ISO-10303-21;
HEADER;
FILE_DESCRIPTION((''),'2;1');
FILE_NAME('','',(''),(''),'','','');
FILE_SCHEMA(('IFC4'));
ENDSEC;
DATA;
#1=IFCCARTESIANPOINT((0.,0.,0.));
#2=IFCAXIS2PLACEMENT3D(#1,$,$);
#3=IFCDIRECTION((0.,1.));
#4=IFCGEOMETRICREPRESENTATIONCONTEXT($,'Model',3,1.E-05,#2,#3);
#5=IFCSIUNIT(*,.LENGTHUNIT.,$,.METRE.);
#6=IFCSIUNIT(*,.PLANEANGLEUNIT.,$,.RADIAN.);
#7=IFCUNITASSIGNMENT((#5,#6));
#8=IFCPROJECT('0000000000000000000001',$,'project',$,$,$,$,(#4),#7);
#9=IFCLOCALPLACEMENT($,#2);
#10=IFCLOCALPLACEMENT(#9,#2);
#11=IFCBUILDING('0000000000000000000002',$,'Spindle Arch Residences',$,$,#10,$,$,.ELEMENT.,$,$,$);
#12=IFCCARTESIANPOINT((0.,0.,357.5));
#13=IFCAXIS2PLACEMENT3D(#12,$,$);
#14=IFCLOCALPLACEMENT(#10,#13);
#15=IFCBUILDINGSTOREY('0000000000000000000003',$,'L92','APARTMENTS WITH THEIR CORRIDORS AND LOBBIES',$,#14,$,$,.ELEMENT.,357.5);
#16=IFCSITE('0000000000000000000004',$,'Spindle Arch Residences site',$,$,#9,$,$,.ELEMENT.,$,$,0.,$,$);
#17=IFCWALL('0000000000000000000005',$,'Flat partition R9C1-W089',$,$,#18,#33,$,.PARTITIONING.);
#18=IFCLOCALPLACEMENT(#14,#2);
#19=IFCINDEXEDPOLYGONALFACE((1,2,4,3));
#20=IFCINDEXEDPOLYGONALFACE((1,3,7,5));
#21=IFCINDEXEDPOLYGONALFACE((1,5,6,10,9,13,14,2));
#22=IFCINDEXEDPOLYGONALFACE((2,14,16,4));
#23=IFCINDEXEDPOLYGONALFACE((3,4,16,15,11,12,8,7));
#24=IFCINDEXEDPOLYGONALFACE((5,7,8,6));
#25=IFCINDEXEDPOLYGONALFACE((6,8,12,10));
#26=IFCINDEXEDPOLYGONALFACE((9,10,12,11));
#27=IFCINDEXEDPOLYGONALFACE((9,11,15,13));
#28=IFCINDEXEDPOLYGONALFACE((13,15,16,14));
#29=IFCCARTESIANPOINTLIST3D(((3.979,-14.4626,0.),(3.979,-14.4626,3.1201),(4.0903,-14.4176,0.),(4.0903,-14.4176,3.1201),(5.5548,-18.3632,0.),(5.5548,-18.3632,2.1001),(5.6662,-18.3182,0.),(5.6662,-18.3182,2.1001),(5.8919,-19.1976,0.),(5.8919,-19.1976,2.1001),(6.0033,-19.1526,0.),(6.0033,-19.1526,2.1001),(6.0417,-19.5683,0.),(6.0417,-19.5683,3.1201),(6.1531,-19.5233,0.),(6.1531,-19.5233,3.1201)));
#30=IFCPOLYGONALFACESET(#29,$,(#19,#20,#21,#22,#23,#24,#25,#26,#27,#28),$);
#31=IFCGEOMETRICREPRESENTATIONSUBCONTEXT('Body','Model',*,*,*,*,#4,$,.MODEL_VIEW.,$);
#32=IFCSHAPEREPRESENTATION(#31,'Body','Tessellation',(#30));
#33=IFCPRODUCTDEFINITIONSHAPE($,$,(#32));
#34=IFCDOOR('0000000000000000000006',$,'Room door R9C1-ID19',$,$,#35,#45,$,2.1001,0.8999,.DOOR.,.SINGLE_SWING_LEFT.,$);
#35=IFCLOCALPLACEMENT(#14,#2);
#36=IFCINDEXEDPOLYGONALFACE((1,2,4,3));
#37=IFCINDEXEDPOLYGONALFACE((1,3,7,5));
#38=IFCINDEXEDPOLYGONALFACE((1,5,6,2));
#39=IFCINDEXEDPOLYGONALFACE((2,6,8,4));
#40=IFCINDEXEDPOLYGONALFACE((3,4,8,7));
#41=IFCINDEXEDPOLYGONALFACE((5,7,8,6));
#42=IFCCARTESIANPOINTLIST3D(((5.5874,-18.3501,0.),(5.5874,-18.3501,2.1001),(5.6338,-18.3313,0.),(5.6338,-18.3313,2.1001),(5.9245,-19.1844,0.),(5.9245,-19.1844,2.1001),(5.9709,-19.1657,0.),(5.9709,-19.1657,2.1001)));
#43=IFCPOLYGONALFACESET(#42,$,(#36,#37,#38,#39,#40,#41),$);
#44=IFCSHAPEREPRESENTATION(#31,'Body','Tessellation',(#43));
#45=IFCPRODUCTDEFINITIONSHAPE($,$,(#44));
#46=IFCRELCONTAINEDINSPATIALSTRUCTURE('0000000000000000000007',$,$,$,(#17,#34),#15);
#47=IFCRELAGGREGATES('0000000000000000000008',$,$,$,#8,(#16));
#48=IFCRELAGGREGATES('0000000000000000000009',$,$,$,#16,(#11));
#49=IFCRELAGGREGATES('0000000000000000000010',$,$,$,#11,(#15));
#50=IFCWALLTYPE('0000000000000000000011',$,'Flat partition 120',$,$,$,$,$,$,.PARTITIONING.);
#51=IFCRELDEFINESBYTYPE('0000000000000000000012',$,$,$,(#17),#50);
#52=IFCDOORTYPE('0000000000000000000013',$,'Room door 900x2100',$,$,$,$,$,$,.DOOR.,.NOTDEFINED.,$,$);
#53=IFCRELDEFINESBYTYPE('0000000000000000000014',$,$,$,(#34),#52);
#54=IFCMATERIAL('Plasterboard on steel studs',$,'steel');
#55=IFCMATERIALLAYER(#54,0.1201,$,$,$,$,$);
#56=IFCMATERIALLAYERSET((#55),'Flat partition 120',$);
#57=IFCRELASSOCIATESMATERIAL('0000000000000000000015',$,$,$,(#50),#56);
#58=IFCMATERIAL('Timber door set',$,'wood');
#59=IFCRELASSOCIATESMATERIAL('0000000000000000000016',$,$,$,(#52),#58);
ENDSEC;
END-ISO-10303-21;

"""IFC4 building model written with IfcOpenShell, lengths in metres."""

from ifc_helpers import new_model, si_unit, direction, frame, frame_2d, origin, place, context, subcontext, project, spatial, rectangle, extrude, material, layer, layer_set, type_object, element, fill, save


model = new_model("IFC4")

# Units and contexts
model_context = context("Model", 3, precision=1e-05, world=origin(), true_north=direction((0.0, 1.0)))
body_context = subcontext(model_context, "Body", "Model", "MODEL_VIEW")
ifc_project = project(units=[si_unit("LENGTHUNIT", "METRE"), si_unit("PLANEANGLEUNIT", "RADIAN")], contexts=[model_context])

# Site, building, storey
site_placement = place(None, origin())
site = spatial("IfcSite", under=ifc_project, at=site_placement, Name="Spindle Arch Residences site", CompositionType="ELEMENT", RefElevation=0.0)
building_placement = place(site_placement, origin())
building = spatial("IfcBuilding", under=site, at=building_placement, Name="Spindle Arch Residences", CompositionType="ELEMENT")
storey_placement = place(building_placement, frame((0.0, 0.0, 357.5)))
storey = spatial("IfcBuildingStorey", under=building, at=storey_placement, Name="L92", Description="APARTMENTS WITH THEIR CORRIDORS AND LOBBIES", CompositionType="ELEMENT", Elevation=357.5)

# Shared definitions
ifc_material_1 = material(Name="Plasterboard on steel studs", Category="steel")
ifc_layer_1 = layer(ifc_material_1, 0.1201)
ifc_layer_set_1 = layer_set([ifc_layer_1], Name="Flat partition 120")
wall_type = type_object("IfcWallType", Name="Flat partition 120", PredefinedType="PARTITIONING", material=ifc_layer_set_1)
ifc_material_2 = material(Name="Timber door set", Category="wood")
door_type_1 = type_object("IfcDoorType", Name="Room door 900x2100", OperationType="NOTDEFINED", PredefinedType="DOOR", material=ifc_material_2)

# Wall, opening, door
wall_1_placement = place(storey_placement, frame((6.0974, -19.5459, 0.0), z_axis=(0.0, 0.0, 1.0), x_axis=(-0.374591, 0.92719, 0.0)))
wall_1 = element("IfcWall", 1, at=wall_1_placement, inside=storey, type_object=wall_type, Name="Flat partition R9C1-W089", PredefinedType="PARTITIONING", context=body_context, shape_type="SweptSolid", body=[
    extrude(rectangle(XDim=5.5066, YDim=0.1201, at=frame_2d((2.7534, 0.0))), origin(), (0.0, 0.0, 1.0), 3.1201),
])
opening_1_placement = place(wall_1_placement, frame((0.3999, 0.0, 0.0)))
opening_1 = element("IfcOpeningElement", 2, at=opening_1_placement, cuts=wall_1, PredefinedType="OPENING", context=body_context, shape_type="SweptSolid", body=[
    extrude(rectangle(XDim=0.8999, YDim=2.1001, at=frame_2d((0.45, 1.05))), frame((0.0, 0.0701, 0.0), z_axis=(0.0, -1.0, 0.0), x_axis=(1.0, 0.0, 0.0)), (0.0, 0.0, 1.0), 0.1401),
])
door_1_placement = place(opening_1_placement, origin())
door_1 = element("IfcDoor", 3, at=door_1_placement, inside=storey, type_object=door_type_1, Name="Room door R9C1-ID19", OperationType="SINGLE_SWING_LEFT", OverallHeight=2.1001, OverallWidth=0.8999, PredefinedType="DOOR", context=body_context, shape_type="SweptSolid", body=[
    extrude(rectangle(XDim=0.8999, YDim=2.1001, at=frame_2d((0.45, 1.05))), frame((0.0, 0.0249, 0.0), z_axis=(0.0, -1.0, 0.0), x_axis=(1.0, 0.0, 0.0)), (0.0, 0.0, 1.0), 0.05),
])
fill(opening_1, door_1)

save(model, "model.ifc")
